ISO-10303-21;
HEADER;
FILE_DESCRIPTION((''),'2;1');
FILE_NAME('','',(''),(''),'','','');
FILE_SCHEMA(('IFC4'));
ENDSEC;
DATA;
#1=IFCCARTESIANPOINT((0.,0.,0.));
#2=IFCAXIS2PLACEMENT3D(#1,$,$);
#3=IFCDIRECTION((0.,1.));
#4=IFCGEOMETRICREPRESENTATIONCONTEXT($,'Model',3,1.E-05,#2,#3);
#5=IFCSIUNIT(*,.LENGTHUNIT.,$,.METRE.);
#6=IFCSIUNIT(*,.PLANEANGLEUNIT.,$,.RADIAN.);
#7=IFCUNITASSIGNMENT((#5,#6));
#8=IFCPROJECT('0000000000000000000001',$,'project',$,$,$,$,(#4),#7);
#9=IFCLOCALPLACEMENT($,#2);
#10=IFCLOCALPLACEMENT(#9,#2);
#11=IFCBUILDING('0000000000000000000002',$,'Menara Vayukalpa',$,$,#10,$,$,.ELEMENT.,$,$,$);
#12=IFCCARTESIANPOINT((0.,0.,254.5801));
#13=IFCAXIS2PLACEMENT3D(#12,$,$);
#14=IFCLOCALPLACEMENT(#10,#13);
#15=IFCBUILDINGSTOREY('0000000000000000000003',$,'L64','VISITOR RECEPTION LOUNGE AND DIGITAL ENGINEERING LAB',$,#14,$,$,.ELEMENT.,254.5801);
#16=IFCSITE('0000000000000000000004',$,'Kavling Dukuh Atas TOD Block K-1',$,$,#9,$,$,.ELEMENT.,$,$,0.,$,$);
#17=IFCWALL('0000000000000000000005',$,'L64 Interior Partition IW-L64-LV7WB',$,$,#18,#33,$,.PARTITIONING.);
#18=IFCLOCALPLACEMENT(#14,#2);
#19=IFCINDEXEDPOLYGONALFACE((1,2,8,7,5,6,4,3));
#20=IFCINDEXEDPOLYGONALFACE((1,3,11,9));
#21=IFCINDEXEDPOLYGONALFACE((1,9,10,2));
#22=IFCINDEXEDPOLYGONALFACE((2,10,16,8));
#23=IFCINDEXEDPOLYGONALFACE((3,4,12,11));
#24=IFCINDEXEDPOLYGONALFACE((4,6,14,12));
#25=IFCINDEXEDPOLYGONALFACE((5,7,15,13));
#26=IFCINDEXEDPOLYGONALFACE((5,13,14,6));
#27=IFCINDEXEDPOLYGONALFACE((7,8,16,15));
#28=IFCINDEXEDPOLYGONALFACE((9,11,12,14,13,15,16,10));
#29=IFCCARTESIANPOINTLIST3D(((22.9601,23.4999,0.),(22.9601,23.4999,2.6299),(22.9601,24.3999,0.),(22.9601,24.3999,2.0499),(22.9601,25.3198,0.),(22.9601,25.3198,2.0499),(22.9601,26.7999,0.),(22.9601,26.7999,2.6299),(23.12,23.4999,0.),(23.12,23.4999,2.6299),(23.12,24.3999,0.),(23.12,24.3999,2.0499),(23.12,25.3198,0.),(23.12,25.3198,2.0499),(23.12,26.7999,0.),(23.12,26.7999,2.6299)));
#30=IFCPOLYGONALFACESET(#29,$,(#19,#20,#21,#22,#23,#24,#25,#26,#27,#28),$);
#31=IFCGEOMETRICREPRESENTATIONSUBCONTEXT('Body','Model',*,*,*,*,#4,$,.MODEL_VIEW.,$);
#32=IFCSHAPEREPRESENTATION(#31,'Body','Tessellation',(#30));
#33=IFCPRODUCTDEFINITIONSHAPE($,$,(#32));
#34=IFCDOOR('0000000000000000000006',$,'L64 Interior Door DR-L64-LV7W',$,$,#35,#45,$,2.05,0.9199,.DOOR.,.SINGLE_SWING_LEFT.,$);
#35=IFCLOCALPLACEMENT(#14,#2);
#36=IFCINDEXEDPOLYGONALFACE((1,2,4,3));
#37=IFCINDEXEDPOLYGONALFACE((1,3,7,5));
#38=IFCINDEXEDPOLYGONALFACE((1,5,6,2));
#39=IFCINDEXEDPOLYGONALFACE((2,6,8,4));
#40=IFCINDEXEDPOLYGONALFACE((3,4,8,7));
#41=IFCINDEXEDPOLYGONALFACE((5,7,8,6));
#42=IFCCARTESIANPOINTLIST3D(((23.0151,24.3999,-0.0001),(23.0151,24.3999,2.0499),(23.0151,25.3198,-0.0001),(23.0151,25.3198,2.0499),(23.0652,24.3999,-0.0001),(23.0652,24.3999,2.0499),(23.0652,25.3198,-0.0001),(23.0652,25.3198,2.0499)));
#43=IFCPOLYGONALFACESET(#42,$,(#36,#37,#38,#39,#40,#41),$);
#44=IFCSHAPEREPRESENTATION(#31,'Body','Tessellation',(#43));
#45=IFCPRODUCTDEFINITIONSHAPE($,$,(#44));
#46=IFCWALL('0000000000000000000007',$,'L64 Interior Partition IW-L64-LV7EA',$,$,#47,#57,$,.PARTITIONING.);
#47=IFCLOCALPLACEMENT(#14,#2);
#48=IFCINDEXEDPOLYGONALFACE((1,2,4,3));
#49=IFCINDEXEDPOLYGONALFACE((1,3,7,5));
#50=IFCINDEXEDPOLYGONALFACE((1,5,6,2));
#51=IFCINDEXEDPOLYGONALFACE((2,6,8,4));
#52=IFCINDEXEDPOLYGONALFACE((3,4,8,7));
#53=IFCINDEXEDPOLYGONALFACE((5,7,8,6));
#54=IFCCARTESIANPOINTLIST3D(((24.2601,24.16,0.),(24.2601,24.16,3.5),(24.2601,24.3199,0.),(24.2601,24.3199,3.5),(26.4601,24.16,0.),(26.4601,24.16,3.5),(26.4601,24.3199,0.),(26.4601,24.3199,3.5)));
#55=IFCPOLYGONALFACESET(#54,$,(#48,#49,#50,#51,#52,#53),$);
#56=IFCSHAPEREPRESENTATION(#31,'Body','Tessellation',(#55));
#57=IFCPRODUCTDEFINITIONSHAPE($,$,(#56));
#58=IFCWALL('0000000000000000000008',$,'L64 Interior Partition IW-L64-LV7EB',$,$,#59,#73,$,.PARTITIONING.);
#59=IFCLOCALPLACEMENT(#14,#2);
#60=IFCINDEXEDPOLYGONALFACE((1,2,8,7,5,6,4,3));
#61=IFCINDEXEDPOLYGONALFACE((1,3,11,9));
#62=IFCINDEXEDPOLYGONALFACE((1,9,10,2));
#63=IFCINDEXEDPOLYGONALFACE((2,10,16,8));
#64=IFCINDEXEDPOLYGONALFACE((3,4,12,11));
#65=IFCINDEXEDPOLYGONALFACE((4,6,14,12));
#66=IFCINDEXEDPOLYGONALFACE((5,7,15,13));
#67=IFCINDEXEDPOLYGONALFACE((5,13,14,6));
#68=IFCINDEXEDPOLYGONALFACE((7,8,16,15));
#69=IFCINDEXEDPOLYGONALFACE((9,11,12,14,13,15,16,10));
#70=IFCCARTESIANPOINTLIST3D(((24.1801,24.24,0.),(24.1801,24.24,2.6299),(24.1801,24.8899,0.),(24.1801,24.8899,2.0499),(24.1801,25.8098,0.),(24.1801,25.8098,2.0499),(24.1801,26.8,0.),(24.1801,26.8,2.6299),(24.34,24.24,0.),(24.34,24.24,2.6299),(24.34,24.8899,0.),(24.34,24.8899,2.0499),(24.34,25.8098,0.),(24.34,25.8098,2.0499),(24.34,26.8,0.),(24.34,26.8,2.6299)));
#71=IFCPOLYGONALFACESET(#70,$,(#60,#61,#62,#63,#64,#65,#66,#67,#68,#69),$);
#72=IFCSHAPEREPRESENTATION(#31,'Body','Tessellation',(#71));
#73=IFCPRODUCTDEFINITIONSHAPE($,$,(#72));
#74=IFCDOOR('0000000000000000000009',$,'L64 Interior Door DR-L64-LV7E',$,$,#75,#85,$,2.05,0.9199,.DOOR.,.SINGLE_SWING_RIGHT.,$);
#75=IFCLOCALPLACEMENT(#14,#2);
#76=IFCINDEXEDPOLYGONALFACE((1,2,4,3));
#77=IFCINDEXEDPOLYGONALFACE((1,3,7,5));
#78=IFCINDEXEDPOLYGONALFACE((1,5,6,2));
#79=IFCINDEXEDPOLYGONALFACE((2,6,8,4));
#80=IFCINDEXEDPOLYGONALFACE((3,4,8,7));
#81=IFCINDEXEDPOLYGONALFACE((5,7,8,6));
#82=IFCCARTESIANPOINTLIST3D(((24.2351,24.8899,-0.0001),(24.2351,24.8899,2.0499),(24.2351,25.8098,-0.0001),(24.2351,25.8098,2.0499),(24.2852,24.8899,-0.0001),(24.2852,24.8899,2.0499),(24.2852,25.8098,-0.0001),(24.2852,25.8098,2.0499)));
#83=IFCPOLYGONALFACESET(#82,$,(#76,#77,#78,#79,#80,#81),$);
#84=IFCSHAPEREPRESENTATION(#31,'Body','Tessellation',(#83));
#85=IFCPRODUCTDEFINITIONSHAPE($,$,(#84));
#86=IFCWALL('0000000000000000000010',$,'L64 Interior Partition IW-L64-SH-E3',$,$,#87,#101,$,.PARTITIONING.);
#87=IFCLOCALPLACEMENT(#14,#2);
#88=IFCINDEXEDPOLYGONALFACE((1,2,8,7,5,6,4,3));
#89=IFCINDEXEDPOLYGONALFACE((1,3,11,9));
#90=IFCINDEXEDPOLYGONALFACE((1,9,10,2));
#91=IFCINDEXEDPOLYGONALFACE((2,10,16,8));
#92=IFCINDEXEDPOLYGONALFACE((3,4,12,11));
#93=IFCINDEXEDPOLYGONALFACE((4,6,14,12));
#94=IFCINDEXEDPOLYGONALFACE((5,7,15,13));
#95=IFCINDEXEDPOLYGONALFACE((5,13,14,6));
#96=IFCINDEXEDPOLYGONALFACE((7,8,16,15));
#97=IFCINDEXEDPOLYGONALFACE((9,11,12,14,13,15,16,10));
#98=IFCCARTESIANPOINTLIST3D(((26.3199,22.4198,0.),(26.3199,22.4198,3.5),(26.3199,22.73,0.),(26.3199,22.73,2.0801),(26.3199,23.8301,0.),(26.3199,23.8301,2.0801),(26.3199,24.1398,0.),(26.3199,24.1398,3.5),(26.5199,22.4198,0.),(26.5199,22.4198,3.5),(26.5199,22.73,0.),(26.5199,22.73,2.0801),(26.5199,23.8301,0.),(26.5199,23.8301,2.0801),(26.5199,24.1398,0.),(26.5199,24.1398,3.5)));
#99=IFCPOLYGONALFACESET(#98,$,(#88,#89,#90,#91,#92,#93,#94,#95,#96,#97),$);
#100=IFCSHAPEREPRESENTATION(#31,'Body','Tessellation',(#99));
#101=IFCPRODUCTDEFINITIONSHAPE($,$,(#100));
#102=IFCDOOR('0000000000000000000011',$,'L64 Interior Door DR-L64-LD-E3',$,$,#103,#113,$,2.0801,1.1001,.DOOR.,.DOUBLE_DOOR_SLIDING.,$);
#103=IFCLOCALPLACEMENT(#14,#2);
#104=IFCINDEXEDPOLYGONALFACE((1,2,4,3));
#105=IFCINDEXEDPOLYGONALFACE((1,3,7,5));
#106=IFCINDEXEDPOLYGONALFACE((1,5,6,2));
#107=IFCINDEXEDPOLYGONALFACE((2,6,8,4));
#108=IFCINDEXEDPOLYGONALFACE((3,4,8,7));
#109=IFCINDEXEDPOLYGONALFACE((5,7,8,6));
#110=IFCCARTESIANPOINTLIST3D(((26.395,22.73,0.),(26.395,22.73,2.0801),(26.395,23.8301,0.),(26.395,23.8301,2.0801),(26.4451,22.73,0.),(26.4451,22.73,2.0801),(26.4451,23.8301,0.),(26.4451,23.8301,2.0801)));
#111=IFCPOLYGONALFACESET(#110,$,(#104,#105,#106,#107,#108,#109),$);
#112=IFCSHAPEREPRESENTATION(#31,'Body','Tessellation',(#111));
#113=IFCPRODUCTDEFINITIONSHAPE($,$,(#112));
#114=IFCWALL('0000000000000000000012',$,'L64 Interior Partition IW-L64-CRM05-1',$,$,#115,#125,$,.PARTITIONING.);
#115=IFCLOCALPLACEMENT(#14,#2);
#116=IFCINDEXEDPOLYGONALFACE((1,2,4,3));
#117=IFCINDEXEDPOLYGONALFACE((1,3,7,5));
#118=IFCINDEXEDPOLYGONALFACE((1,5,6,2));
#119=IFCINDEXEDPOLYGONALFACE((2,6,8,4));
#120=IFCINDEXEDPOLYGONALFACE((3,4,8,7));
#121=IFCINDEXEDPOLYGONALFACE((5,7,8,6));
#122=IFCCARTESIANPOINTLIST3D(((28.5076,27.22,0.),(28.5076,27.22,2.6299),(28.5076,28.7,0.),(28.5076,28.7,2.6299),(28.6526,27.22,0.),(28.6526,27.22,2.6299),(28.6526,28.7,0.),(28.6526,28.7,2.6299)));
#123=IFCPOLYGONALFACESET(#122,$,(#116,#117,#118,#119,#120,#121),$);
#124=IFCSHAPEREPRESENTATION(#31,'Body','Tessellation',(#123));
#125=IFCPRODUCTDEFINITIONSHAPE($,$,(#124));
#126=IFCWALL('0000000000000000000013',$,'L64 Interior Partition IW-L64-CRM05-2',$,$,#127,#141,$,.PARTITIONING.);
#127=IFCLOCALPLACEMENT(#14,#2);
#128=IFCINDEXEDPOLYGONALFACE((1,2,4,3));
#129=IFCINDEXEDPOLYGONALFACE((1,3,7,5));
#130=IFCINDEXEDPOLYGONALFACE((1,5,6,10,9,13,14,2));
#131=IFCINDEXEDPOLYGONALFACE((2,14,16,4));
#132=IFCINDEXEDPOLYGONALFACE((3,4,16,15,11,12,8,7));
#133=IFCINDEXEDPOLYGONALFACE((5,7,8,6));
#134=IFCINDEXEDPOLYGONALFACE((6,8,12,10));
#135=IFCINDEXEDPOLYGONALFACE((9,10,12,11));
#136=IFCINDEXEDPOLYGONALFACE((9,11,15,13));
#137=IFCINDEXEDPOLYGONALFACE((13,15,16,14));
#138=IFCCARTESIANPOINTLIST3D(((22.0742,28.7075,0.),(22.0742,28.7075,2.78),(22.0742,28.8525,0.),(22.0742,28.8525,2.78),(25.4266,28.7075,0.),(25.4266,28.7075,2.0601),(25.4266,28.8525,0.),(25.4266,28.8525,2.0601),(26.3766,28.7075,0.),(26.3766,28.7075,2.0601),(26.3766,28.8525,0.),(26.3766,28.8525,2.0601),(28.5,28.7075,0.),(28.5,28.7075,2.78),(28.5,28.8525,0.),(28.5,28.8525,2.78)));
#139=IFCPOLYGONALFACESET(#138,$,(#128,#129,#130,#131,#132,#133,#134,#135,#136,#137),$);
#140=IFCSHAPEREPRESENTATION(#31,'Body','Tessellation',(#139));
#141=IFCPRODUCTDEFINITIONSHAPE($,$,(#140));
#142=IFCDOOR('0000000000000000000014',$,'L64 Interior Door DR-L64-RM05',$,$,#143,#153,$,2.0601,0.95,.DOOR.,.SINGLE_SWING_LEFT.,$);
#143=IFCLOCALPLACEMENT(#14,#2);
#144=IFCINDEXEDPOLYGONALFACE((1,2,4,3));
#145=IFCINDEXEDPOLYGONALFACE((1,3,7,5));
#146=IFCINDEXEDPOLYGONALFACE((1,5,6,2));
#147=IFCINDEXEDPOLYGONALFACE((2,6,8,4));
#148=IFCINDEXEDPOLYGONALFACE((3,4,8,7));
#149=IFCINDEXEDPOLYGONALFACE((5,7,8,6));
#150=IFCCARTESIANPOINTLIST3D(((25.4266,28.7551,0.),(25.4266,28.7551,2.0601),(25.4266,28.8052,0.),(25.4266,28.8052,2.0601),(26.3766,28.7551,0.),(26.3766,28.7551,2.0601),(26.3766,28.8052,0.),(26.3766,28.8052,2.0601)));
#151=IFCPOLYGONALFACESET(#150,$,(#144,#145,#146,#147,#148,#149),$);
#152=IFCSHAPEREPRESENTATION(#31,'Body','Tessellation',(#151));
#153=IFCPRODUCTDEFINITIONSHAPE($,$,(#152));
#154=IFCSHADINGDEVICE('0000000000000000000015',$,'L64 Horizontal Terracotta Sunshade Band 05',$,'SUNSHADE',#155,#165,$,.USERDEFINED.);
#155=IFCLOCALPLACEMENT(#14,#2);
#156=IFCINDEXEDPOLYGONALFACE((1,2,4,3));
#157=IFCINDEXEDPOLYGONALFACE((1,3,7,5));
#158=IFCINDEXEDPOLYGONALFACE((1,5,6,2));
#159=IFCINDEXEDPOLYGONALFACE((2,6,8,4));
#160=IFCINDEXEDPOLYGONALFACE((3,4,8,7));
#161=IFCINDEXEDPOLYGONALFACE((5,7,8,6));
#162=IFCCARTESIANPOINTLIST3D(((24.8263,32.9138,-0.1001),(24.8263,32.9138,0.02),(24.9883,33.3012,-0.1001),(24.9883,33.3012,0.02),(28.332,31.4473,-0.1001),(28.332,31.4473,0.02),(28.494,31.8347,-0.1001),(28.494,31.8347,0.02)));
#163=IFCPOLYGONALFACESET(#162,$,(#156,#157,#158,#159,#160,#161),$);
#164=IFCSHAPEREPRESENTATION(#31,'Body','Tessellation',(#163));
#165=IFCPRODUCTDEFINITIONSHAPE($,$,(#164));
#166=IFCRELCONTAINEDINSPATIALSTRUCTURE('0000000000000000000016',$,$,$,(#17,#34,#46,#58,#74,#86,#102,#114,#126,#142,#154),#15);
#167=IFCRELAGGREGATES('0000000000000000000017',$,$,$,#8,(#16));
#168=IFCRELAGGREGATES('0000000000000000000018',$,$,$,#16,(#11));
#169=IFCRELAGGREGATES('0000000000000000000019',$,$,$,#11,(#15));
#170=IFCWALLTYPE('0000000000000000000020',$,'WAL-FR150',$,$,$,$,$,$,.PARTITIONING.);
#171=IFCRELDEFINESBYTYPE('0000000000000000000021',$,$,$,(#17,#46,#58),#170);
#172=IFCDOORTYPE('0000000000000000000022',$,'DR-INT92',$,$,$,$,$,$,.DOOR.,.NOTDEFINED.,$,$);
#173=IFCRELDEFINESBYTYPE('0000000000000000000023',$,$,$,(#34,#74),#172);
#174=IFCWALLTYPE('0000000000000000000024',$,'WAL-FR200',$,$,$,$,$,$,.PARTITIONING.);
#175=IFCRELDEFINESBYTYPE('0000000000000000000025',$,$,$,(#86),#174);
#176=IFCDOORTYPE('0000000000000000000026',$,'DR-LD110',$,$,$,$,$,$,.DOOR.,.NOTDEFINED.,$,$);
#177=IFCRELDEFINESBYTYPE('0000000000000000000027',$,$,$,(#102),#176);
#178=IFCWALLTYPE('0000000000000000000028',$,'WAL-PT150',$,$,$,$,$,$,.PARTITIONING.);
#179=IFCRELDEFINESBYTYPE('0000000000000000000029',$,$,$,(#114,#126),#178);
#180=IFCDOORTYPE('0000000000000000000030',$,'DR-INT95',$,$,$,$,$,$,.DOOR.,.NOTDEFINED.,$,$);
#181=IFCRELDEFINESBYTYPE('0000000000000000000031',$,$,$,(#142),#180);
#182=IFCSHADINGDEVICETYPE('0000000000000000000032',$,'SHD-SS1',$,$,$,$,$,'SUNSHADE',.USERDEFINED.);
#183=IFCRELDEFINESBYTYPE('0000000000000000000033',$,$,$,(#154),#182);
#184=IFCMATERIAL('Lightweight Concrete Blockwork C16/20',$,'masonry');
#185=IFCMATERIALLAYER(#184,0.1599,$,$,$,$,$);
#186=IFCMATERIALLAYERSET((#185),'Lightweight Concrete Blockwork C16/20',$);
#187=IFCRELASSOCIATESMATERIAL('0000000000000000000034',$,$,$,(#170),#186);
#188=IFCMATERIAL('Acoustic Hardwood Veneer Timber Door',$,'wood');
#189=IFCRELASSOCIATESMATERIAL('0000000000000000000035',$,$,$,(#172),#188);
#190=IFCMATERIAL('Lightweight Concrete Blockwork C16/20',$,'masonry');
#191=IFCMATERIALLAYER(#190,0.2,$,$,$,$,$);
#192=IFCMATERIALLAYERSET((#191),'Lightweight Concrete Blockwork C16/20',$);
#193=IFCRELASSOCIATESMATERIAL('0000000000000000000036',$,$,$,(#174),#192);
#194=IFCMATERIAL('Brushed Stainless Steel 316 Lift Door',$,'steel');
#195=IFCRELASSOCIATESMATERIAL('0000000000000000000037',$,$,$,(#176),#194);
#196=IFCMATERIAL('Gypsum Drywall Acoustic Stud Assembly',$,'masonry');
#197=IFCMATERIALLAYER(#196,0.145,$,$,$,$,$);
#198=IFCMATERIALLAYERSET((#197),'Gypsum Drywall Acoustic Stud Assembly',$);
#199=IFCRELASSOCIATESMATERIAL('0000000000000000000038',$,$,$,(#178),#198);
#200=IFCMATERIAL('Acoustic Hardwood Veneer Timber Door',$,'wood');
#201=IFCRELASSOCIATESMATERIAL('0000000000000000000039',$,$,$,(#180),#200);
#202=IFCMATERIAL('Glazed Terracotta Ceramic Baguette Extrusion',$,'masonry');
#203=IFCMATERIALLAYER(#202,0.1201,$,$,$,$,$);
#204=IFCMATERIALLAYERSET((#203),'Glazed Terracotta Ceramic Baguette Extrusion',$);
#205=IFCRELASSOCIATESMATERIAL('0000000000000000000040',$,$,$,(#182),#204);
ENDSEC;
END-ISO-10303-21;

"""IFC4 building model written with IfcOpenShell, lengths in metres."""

from ifc_helpers import new_model, si_unit, direction, frame, frame_2d, origin, origin_2d, place, context, subcontext, project, spatial, rectangle, extrude, material, layer, layer_set, type_object, element, fill, save


model = new_model("IFC4")

# Units and contexts
model_context = context("Model", 3, precision=1e-05, world=origin(), true_north=direction((0.0, 1.0)))
body_context = subcontext(model_context, "Body", "Model", "MODEL_VIEW")
ifc_project = project(units=[si_unit("LENGTHUNIT", "METRE"), si_unit("PLANEANGLEUNIT", "RADIAN")], contexts=[model_context])

# Site, building, storey
site_placement = place(None, origin())
site = spatial("IfcSite", under=ifc_project, at=site_placement, Name="Kavling Dukuh Atas TOD Block K-1", CompositionType="ELEMENT", RefElevation=0.0)
building_placement = place(site_placement, origin())
building = spatial("IfcBuilding", under=site, at=building_placement, Name="Menara Vayukalpa", CompositionType="ELEMENT")
storey_placement = place(building_placement, frame((0.0, 0.0, 254.5801)))
storey = spatial("IfcBuildingStorey", under=building, at=storey_placement, Name="L64", Description="VISITOR RECEPTION LOUNGE AND DIGITAL ENGINEERING LAB", CompositionType="ELEMENT", Elevation=254.5801)

# Shared definitions
ifc_material_1 = material(Name="Lightweight Concrete Blockwork C16/20", Category="masonry")
ifc_layer_1 = layer(ifc_material_1, 0.1599)
ifc_layer_set_1 = layer_set([ifc_layer_1], Name="Lightweight Concrete Blockwork C16/20")
wall_type_1 = type_object("IfcWallType", Name="WAL-FR150", PredefinedType="PARTITIONING", material=ifc_layer_set_1)

# Wall, opening, door
wall_1_placement = place(storey_placement, frame((23.04, 23.5, 0.0), z_axis=(0.0, 0.0, 1.0), x_axis=(0.0, 1.0, 0.0)))
wall_1 = element("IfcWall", 1, at=wall_1_placement, inside=storey, type_object=wall_type_1, Name="L64 Interior Partition IW-L64-LV7WB", PredefinedType="PARTITIONING", context=body_context, shape_type="SweptSolid", body=[
    extrude(rectangle(XDim=3.3, YDim=0.1599, at=frame_2d((1.6499, 0.0))), origin(), (0.0, 0.0, 1.0), 2.6299),
])
opening_1_placement = place(wall_1_placement, frame((0.8999, 0.0, 0.0)))
opening_1 = element("IfcOpeningElement", 2, at=opening_1_placement, cuts=wall_1, PredefinedType="OPENING", context=body_context, shape_type="SweptSolid", body=[
    extrude(rectangle(XDim=0.9199, YDim=2.05, at=frame_2d((0.46, 1.0249))), frame((0.0, 0.0898, 0.0), z_axis=(0.0, -1.0, 0.0), x_axis=(1.0, 0.0, 0.0)), (0.0, 0.0, 1.0), 0.1799),
])
ifc_material_2 = material(Name="Acoustic Hardwood Veneer Timber Door", Category="wood")
door_type_1 = type_object("IfcDoorType", Name="DR-INT92", OperationType="NOTDEFINED", PredefinedType="DOOR", material=ifc_material_2)
door_1_placement = place(opening_1_placement, origin())
door_1 = element("IfcDoor", 3, at=door_1_placement, inside=storey, type_object=door_type_1, Name="L64 Interior Door DR-L64-LV7W", OperationType="SINGLE_SWING_LEFT", OverallHeight=2.05, OverallWidth=0.9199, PredefinedType="DOOR", context=body_context, shape_type="SweptSolid", body=[
    extrude(rectangle(XDim=0.9199, YDim=2.05, at=frame_2d((0.46, 1.0249))), frame((0.0, 0.0249, 0.0), z_axis=(0.0, -1.0, 0.0), x_axis=(1.0, 0.0, 0.0)), (0.0, 0.0, 1.0), 0.05),
])
fill(opening_1, door_1)

# Wall
wall_2_placement = place(storey_placement, frame((24.26, 24.24, 0.0), z_axis=(0.0, 0.0, 1.0), x_axis=(1.0, 0.0, 0.0)))
element("IfcWall", 4, at=wall_2_placement, inside=storey, type_object=wall_type_1, Name="L64 Interior Partition IW-L64-LV7EA", PredefinedType="PARTITIONING", context=body_context, shape_type="SweptSolid", body=[
    extrude(rectangle(XDim=2.2, YDim=0.1599, at=frame_2d((1.1001, 0.0))), origin(), (0.0, 0.0, 1.0), 3.5),
])

# Walls, openings, doors
wall_3_placement = place(storey_placement, frame((24.26, 24.24, 0.0), z_axis=(0.0, 0.0, 1.0), x_axis=(0.0, 1.0, 0.0)))
wall_3 = element("IfcWall", 5, at=wall_3_placement, inside=storey, type_object=wall_type_1, Name="L64 Interior Partition IW-L64-LV7EB", PredefinedType="PARTITIONING", context=body_context, shape_type="SweptSolid", body=[
    extrude(rectangle(XDim=2.5601, YDim=0.1599, at=frame_2d((1.28, 0.0))), origin(), (0.0, 0.0, 1.0), 2.6299),
])
opening_2_placement = place(wall_3_placement, frame((0.6499, 0.0, 0.0)))
opening_2 = element("IfcOpeningElement", 6, at=opening_2_placement, cuts=wall_3, PredefinedType="OPENING", context=body_context, shape_type="SweptSolid", body=[
    extrude(rectangle(XDim=0.9199, YDim=2.05, at=frame_2d((0.46, 1.0249))), frame((0.0, 0.0898, 0.0), z_axis=(0.0, -1.0, 0.0), x_axis=(1.0, 0.0, 0.0)), (0.0, 0.0, 1.0), 0.1799),
])
door_2_placement = place(opening_2_placement, origin())
door_2 = element("IfcDoor", 7, at=door_2_placement, inside=storey, type_object=door_type_1, Name="L64 Interior Door DR-L64-LV7E", OperationType="SINGLE_SWING_RIGHT", OverallHeight=2.05, OverallWidth=0.9199, PredefinedType="DOOR", context=body_context, shape_type="SweptSolid", body=[
    extrude(rectangle(XDim=0.9199, YDim=2.05, at=frame_2d((0.46, 1.0249))), frame((0.0, 0.0249, 0.0), z_axis=(0.0, -1.0, 0.0), x_axis=(1.0, 0.0, 0.0)), (0.0, 0.0, 1.0), 0.05),
])
fill(opening_2, door_2)
ifc_material_3 = material(Name="Lightweight Concrete Blockwork C16/20", Category="masonry")
ifc_layer_2 = layer(ifc_material_3, 0.2)
ifc_layer_set_2 = layer_set([ifc_layer_2], Name="Lightweight Concrete Blockwork C16/20")
wall_type_2 = type_object("IfcWallType", Name="WAL-FR200", PredefinedType="PARTITIONING", material=ifc_layer_set_2)
wall_4_placement = place(storey_placement, frame((26.4199, 22.4199, 0.0), z_axis=(0.0, 0.0, 1.0), x_axis=(0.0, 1.0, 0.0)))
wall_4 = element("IfcWall", 8, at=wall_4_placement, inside=storey, type_object=wall_type_2, Name="L64 Interior Partition IW-L64-SH-E3", PredefinedType="PARTITIONING", context=body_context, shape_type="SweptSolid", body=[
    extrude(rectangle(XDim=1.72, YDim=0.2, at=frame_2d((0.8599, 0.0))), origin(), (0.0, 0.0, 1.0), 3.5),
])
opening_3_placement = place(wall_4_placement, frame((0.3101, 0.0, 0.0)))
opening_3 = element("IfcOpeningElement", 9, at=opening_3_placement, cuts=wall_4, PredefinedType="OPENING", context=body_context, shape_type="SweptSolid", body=[
    extrude(rectangle(XDim=1.1001, YDim=2.0801, at=frame_2d((0.55, 1.04))), frame((0.0, 0.1099, 0.0), z_axis=(0.0, -1.0, 0.0), x_axis=(1.0, 0.0, 0.0)), (0.0, 0.0, 1.0), 0.22),
])
ifc_material_4 = material(Name="Brushed Stainless Steel 316 Lift Door", Category="steel")
door_type_2 = type_object("IfcDoorType", Name="DR-LD110", OperationType="NOTDEFINED", PredefinedType="DOOR", material=ifc_material_4)
door_3_placement = place(opening_3_placement, origin())
door_3 = element("IfcDoor", 10, at=door_3_placement, inside=storey, type_object=door_type_2, Name="L64 Interior Door DR-L64-LD-E3", OperationType="DOUBLE_DOOR_SLIDING", OverallHeight=2.0801, OverallWidth=1.1001, PredefinedType="DOOR", context=body_context, shape_type="SweptSolid", body=[
    extrude(rectangle(XDim=1.1001, YDim=2.0801, at=frame_2d((0.55, 1.04))), frame((0.0, 0.0249, 0.0), z_axis=(0.0, -1.0, 0.0), x_axis=(1.0, 0.0, 0.0)), (0.0, 0.0, 1.0), 0.05),
])
fill(opening_3, door_3)

# Wall
ifc_material_5 = material(Name="Gypsum Drywall Acoustic Stud Assembly", Category="masonry")
ifc_layer_3 = layer(ifc_material_5, 0.145)
ifc_layer_set_3 = layer_set([ifc_layer_3], Name="Gypsum Drywall Acoustic Stud Assembly")
wall_type_3 = type_object("IfcWallType", Name="WAL-PT150", PredefinedType="PARTITIONING", material=ifc_layer_set_3)
wall_5_placement = place(storey_placement, frame((28.5801, 27.22, 0.0), z_axis=(0.0, 0.0, 1.0), x_axis=(0.0, 1.0, 0.0)))
element("IfcWall", 11, at=wall_5_placement, inside=storey, type_object=wall_type_3, Name="L64 Interior Partition IW-L64-CRM05-1", PredefinedType="PARTITIONING", context=body_context, shape_type="SweptSolid", body=[
    extrude(rectangle(XDim=1.48, YDim=0.145, at=frame_2d((0.74, 0.0))), origin(), (0.0, 0.0, 1.0), 2.6299),
])

# Wall, opening, door
wall_6_placement = place(storey_placement, frame((28.5, 28.78, 0.0), z_axis=(0.0, 0.0, 1.0), x_axis=(-1.0, 0.0, 0.0)))
wall_6 = element("IfcWall", 12, at=wall_6_placement, inside=storey, type_object=wall_type_3, Name="L64 Interior Partition IW-L64-CRM05-2", PredefinedType="PARTITIONING", context=body_context, shape_type="SweptSolid", body=[
    extrude(rectangle(XDim=6.4258, YDim=0.145, at=frame_2d((3.2129, 0.0))), origin(), (0.0, 0.0, 1.0), 2.78),
])
opening_4_placement = place(wall_6_placement, frame((2.1233, 0.0, 0.0)))
opening_4 = element("IfcOpeningElement", 13, at=opening_4_placement, cuts=wall_6, PredefinedType="OPENING", context=body_context, shape_type="SweptSolid", body=[
    extrude(rectangle(XDim=0.95, YDim=2.0601, at=frame_2d((0.4751, 1.03))), frame((0.0, 0.0825, 0.0), z_axis=(0.0, -1.0, 0.0), x_axis=(1.0, 0.0, 0.0)), (0.0, 0.0, 1.0), 0.165),
])
ifc_material_6 = material(Name="Acoustic Hardwood Veneer Timber Door", Category="wood")
door_type_3 = type_object("IfcDoorType", Name="DR-INT95", OperationType="NOTDEFINED", PredefinedType="DOOR", material=ifc_material_6)
door_4_placement = place(opening_4_placement, origin())
door_4 = element("IfcDoor", 14, at=door_4_placement, inside=storey, type_object=door_type_3, Name="L64 Interior Door DR-L64-RM05", OperationType="SINGLE_SWING_LEFT", OverallHeight=2.0601, OverallWidth=0.95, PredefinedType="DOOR", context=body_context, shape_type="SweptSolid", body=[
    extrude(rectangle(XDim=0.95, YDim=2.0601, at=frame_2d((0.4751, 1.03))), frame((0.0, 0.0249, 0.0), z_axis=(0.0, -1.0, 0.0), x_axis=(1.0, 0.0, 0.0)), (0.0, 0.0, 1.0), 0.05),
])
fill(opening_4, door_4)

# Shading device
ifc_material_7 = material(Name="Glazed Terracotta Ceramic Baguette Extrusion", Category="masonry")
ifc_layer_4 = layer(ifc_material_7, 0.1201)
ifc_layer_set_4 = layer_set([ifc_layer_4], Name="Glazed Terracotta Ceramic Baguette Extrusion")
shading_device_type = type_object("IfcShadingDeviceType", Name="SHD-SS1", ElementType="SUNSHADE", PredefinedType="USERDEFINED", material=ifc_layer_set_4)
shading_device_placement = place(storey_placement, frame((26.6602, 32.3743, -0.1001), z_axis=(0.0, 0.0, 1.0), x_axis=(-0.922538, 0.385906, 0.0)))
element("IfcShadingDevice", 15, at=shading_device_placement, inside=storey, type_object=shading_device_type, Name="L64 Horizontal Terracotta Sunshade Band 05", ObjectType="SUNSHADE", PredefinedType="USERDEFINED", context=body_context, shape_type="SweptSolid", body=[
    extrude(rectangle(XDim=3.8, YDim=0.4199, at=origin_2d()), origin(), (0.0, 0.0, 1.0), 0.1201),
])

save(model, "model.ifc")
